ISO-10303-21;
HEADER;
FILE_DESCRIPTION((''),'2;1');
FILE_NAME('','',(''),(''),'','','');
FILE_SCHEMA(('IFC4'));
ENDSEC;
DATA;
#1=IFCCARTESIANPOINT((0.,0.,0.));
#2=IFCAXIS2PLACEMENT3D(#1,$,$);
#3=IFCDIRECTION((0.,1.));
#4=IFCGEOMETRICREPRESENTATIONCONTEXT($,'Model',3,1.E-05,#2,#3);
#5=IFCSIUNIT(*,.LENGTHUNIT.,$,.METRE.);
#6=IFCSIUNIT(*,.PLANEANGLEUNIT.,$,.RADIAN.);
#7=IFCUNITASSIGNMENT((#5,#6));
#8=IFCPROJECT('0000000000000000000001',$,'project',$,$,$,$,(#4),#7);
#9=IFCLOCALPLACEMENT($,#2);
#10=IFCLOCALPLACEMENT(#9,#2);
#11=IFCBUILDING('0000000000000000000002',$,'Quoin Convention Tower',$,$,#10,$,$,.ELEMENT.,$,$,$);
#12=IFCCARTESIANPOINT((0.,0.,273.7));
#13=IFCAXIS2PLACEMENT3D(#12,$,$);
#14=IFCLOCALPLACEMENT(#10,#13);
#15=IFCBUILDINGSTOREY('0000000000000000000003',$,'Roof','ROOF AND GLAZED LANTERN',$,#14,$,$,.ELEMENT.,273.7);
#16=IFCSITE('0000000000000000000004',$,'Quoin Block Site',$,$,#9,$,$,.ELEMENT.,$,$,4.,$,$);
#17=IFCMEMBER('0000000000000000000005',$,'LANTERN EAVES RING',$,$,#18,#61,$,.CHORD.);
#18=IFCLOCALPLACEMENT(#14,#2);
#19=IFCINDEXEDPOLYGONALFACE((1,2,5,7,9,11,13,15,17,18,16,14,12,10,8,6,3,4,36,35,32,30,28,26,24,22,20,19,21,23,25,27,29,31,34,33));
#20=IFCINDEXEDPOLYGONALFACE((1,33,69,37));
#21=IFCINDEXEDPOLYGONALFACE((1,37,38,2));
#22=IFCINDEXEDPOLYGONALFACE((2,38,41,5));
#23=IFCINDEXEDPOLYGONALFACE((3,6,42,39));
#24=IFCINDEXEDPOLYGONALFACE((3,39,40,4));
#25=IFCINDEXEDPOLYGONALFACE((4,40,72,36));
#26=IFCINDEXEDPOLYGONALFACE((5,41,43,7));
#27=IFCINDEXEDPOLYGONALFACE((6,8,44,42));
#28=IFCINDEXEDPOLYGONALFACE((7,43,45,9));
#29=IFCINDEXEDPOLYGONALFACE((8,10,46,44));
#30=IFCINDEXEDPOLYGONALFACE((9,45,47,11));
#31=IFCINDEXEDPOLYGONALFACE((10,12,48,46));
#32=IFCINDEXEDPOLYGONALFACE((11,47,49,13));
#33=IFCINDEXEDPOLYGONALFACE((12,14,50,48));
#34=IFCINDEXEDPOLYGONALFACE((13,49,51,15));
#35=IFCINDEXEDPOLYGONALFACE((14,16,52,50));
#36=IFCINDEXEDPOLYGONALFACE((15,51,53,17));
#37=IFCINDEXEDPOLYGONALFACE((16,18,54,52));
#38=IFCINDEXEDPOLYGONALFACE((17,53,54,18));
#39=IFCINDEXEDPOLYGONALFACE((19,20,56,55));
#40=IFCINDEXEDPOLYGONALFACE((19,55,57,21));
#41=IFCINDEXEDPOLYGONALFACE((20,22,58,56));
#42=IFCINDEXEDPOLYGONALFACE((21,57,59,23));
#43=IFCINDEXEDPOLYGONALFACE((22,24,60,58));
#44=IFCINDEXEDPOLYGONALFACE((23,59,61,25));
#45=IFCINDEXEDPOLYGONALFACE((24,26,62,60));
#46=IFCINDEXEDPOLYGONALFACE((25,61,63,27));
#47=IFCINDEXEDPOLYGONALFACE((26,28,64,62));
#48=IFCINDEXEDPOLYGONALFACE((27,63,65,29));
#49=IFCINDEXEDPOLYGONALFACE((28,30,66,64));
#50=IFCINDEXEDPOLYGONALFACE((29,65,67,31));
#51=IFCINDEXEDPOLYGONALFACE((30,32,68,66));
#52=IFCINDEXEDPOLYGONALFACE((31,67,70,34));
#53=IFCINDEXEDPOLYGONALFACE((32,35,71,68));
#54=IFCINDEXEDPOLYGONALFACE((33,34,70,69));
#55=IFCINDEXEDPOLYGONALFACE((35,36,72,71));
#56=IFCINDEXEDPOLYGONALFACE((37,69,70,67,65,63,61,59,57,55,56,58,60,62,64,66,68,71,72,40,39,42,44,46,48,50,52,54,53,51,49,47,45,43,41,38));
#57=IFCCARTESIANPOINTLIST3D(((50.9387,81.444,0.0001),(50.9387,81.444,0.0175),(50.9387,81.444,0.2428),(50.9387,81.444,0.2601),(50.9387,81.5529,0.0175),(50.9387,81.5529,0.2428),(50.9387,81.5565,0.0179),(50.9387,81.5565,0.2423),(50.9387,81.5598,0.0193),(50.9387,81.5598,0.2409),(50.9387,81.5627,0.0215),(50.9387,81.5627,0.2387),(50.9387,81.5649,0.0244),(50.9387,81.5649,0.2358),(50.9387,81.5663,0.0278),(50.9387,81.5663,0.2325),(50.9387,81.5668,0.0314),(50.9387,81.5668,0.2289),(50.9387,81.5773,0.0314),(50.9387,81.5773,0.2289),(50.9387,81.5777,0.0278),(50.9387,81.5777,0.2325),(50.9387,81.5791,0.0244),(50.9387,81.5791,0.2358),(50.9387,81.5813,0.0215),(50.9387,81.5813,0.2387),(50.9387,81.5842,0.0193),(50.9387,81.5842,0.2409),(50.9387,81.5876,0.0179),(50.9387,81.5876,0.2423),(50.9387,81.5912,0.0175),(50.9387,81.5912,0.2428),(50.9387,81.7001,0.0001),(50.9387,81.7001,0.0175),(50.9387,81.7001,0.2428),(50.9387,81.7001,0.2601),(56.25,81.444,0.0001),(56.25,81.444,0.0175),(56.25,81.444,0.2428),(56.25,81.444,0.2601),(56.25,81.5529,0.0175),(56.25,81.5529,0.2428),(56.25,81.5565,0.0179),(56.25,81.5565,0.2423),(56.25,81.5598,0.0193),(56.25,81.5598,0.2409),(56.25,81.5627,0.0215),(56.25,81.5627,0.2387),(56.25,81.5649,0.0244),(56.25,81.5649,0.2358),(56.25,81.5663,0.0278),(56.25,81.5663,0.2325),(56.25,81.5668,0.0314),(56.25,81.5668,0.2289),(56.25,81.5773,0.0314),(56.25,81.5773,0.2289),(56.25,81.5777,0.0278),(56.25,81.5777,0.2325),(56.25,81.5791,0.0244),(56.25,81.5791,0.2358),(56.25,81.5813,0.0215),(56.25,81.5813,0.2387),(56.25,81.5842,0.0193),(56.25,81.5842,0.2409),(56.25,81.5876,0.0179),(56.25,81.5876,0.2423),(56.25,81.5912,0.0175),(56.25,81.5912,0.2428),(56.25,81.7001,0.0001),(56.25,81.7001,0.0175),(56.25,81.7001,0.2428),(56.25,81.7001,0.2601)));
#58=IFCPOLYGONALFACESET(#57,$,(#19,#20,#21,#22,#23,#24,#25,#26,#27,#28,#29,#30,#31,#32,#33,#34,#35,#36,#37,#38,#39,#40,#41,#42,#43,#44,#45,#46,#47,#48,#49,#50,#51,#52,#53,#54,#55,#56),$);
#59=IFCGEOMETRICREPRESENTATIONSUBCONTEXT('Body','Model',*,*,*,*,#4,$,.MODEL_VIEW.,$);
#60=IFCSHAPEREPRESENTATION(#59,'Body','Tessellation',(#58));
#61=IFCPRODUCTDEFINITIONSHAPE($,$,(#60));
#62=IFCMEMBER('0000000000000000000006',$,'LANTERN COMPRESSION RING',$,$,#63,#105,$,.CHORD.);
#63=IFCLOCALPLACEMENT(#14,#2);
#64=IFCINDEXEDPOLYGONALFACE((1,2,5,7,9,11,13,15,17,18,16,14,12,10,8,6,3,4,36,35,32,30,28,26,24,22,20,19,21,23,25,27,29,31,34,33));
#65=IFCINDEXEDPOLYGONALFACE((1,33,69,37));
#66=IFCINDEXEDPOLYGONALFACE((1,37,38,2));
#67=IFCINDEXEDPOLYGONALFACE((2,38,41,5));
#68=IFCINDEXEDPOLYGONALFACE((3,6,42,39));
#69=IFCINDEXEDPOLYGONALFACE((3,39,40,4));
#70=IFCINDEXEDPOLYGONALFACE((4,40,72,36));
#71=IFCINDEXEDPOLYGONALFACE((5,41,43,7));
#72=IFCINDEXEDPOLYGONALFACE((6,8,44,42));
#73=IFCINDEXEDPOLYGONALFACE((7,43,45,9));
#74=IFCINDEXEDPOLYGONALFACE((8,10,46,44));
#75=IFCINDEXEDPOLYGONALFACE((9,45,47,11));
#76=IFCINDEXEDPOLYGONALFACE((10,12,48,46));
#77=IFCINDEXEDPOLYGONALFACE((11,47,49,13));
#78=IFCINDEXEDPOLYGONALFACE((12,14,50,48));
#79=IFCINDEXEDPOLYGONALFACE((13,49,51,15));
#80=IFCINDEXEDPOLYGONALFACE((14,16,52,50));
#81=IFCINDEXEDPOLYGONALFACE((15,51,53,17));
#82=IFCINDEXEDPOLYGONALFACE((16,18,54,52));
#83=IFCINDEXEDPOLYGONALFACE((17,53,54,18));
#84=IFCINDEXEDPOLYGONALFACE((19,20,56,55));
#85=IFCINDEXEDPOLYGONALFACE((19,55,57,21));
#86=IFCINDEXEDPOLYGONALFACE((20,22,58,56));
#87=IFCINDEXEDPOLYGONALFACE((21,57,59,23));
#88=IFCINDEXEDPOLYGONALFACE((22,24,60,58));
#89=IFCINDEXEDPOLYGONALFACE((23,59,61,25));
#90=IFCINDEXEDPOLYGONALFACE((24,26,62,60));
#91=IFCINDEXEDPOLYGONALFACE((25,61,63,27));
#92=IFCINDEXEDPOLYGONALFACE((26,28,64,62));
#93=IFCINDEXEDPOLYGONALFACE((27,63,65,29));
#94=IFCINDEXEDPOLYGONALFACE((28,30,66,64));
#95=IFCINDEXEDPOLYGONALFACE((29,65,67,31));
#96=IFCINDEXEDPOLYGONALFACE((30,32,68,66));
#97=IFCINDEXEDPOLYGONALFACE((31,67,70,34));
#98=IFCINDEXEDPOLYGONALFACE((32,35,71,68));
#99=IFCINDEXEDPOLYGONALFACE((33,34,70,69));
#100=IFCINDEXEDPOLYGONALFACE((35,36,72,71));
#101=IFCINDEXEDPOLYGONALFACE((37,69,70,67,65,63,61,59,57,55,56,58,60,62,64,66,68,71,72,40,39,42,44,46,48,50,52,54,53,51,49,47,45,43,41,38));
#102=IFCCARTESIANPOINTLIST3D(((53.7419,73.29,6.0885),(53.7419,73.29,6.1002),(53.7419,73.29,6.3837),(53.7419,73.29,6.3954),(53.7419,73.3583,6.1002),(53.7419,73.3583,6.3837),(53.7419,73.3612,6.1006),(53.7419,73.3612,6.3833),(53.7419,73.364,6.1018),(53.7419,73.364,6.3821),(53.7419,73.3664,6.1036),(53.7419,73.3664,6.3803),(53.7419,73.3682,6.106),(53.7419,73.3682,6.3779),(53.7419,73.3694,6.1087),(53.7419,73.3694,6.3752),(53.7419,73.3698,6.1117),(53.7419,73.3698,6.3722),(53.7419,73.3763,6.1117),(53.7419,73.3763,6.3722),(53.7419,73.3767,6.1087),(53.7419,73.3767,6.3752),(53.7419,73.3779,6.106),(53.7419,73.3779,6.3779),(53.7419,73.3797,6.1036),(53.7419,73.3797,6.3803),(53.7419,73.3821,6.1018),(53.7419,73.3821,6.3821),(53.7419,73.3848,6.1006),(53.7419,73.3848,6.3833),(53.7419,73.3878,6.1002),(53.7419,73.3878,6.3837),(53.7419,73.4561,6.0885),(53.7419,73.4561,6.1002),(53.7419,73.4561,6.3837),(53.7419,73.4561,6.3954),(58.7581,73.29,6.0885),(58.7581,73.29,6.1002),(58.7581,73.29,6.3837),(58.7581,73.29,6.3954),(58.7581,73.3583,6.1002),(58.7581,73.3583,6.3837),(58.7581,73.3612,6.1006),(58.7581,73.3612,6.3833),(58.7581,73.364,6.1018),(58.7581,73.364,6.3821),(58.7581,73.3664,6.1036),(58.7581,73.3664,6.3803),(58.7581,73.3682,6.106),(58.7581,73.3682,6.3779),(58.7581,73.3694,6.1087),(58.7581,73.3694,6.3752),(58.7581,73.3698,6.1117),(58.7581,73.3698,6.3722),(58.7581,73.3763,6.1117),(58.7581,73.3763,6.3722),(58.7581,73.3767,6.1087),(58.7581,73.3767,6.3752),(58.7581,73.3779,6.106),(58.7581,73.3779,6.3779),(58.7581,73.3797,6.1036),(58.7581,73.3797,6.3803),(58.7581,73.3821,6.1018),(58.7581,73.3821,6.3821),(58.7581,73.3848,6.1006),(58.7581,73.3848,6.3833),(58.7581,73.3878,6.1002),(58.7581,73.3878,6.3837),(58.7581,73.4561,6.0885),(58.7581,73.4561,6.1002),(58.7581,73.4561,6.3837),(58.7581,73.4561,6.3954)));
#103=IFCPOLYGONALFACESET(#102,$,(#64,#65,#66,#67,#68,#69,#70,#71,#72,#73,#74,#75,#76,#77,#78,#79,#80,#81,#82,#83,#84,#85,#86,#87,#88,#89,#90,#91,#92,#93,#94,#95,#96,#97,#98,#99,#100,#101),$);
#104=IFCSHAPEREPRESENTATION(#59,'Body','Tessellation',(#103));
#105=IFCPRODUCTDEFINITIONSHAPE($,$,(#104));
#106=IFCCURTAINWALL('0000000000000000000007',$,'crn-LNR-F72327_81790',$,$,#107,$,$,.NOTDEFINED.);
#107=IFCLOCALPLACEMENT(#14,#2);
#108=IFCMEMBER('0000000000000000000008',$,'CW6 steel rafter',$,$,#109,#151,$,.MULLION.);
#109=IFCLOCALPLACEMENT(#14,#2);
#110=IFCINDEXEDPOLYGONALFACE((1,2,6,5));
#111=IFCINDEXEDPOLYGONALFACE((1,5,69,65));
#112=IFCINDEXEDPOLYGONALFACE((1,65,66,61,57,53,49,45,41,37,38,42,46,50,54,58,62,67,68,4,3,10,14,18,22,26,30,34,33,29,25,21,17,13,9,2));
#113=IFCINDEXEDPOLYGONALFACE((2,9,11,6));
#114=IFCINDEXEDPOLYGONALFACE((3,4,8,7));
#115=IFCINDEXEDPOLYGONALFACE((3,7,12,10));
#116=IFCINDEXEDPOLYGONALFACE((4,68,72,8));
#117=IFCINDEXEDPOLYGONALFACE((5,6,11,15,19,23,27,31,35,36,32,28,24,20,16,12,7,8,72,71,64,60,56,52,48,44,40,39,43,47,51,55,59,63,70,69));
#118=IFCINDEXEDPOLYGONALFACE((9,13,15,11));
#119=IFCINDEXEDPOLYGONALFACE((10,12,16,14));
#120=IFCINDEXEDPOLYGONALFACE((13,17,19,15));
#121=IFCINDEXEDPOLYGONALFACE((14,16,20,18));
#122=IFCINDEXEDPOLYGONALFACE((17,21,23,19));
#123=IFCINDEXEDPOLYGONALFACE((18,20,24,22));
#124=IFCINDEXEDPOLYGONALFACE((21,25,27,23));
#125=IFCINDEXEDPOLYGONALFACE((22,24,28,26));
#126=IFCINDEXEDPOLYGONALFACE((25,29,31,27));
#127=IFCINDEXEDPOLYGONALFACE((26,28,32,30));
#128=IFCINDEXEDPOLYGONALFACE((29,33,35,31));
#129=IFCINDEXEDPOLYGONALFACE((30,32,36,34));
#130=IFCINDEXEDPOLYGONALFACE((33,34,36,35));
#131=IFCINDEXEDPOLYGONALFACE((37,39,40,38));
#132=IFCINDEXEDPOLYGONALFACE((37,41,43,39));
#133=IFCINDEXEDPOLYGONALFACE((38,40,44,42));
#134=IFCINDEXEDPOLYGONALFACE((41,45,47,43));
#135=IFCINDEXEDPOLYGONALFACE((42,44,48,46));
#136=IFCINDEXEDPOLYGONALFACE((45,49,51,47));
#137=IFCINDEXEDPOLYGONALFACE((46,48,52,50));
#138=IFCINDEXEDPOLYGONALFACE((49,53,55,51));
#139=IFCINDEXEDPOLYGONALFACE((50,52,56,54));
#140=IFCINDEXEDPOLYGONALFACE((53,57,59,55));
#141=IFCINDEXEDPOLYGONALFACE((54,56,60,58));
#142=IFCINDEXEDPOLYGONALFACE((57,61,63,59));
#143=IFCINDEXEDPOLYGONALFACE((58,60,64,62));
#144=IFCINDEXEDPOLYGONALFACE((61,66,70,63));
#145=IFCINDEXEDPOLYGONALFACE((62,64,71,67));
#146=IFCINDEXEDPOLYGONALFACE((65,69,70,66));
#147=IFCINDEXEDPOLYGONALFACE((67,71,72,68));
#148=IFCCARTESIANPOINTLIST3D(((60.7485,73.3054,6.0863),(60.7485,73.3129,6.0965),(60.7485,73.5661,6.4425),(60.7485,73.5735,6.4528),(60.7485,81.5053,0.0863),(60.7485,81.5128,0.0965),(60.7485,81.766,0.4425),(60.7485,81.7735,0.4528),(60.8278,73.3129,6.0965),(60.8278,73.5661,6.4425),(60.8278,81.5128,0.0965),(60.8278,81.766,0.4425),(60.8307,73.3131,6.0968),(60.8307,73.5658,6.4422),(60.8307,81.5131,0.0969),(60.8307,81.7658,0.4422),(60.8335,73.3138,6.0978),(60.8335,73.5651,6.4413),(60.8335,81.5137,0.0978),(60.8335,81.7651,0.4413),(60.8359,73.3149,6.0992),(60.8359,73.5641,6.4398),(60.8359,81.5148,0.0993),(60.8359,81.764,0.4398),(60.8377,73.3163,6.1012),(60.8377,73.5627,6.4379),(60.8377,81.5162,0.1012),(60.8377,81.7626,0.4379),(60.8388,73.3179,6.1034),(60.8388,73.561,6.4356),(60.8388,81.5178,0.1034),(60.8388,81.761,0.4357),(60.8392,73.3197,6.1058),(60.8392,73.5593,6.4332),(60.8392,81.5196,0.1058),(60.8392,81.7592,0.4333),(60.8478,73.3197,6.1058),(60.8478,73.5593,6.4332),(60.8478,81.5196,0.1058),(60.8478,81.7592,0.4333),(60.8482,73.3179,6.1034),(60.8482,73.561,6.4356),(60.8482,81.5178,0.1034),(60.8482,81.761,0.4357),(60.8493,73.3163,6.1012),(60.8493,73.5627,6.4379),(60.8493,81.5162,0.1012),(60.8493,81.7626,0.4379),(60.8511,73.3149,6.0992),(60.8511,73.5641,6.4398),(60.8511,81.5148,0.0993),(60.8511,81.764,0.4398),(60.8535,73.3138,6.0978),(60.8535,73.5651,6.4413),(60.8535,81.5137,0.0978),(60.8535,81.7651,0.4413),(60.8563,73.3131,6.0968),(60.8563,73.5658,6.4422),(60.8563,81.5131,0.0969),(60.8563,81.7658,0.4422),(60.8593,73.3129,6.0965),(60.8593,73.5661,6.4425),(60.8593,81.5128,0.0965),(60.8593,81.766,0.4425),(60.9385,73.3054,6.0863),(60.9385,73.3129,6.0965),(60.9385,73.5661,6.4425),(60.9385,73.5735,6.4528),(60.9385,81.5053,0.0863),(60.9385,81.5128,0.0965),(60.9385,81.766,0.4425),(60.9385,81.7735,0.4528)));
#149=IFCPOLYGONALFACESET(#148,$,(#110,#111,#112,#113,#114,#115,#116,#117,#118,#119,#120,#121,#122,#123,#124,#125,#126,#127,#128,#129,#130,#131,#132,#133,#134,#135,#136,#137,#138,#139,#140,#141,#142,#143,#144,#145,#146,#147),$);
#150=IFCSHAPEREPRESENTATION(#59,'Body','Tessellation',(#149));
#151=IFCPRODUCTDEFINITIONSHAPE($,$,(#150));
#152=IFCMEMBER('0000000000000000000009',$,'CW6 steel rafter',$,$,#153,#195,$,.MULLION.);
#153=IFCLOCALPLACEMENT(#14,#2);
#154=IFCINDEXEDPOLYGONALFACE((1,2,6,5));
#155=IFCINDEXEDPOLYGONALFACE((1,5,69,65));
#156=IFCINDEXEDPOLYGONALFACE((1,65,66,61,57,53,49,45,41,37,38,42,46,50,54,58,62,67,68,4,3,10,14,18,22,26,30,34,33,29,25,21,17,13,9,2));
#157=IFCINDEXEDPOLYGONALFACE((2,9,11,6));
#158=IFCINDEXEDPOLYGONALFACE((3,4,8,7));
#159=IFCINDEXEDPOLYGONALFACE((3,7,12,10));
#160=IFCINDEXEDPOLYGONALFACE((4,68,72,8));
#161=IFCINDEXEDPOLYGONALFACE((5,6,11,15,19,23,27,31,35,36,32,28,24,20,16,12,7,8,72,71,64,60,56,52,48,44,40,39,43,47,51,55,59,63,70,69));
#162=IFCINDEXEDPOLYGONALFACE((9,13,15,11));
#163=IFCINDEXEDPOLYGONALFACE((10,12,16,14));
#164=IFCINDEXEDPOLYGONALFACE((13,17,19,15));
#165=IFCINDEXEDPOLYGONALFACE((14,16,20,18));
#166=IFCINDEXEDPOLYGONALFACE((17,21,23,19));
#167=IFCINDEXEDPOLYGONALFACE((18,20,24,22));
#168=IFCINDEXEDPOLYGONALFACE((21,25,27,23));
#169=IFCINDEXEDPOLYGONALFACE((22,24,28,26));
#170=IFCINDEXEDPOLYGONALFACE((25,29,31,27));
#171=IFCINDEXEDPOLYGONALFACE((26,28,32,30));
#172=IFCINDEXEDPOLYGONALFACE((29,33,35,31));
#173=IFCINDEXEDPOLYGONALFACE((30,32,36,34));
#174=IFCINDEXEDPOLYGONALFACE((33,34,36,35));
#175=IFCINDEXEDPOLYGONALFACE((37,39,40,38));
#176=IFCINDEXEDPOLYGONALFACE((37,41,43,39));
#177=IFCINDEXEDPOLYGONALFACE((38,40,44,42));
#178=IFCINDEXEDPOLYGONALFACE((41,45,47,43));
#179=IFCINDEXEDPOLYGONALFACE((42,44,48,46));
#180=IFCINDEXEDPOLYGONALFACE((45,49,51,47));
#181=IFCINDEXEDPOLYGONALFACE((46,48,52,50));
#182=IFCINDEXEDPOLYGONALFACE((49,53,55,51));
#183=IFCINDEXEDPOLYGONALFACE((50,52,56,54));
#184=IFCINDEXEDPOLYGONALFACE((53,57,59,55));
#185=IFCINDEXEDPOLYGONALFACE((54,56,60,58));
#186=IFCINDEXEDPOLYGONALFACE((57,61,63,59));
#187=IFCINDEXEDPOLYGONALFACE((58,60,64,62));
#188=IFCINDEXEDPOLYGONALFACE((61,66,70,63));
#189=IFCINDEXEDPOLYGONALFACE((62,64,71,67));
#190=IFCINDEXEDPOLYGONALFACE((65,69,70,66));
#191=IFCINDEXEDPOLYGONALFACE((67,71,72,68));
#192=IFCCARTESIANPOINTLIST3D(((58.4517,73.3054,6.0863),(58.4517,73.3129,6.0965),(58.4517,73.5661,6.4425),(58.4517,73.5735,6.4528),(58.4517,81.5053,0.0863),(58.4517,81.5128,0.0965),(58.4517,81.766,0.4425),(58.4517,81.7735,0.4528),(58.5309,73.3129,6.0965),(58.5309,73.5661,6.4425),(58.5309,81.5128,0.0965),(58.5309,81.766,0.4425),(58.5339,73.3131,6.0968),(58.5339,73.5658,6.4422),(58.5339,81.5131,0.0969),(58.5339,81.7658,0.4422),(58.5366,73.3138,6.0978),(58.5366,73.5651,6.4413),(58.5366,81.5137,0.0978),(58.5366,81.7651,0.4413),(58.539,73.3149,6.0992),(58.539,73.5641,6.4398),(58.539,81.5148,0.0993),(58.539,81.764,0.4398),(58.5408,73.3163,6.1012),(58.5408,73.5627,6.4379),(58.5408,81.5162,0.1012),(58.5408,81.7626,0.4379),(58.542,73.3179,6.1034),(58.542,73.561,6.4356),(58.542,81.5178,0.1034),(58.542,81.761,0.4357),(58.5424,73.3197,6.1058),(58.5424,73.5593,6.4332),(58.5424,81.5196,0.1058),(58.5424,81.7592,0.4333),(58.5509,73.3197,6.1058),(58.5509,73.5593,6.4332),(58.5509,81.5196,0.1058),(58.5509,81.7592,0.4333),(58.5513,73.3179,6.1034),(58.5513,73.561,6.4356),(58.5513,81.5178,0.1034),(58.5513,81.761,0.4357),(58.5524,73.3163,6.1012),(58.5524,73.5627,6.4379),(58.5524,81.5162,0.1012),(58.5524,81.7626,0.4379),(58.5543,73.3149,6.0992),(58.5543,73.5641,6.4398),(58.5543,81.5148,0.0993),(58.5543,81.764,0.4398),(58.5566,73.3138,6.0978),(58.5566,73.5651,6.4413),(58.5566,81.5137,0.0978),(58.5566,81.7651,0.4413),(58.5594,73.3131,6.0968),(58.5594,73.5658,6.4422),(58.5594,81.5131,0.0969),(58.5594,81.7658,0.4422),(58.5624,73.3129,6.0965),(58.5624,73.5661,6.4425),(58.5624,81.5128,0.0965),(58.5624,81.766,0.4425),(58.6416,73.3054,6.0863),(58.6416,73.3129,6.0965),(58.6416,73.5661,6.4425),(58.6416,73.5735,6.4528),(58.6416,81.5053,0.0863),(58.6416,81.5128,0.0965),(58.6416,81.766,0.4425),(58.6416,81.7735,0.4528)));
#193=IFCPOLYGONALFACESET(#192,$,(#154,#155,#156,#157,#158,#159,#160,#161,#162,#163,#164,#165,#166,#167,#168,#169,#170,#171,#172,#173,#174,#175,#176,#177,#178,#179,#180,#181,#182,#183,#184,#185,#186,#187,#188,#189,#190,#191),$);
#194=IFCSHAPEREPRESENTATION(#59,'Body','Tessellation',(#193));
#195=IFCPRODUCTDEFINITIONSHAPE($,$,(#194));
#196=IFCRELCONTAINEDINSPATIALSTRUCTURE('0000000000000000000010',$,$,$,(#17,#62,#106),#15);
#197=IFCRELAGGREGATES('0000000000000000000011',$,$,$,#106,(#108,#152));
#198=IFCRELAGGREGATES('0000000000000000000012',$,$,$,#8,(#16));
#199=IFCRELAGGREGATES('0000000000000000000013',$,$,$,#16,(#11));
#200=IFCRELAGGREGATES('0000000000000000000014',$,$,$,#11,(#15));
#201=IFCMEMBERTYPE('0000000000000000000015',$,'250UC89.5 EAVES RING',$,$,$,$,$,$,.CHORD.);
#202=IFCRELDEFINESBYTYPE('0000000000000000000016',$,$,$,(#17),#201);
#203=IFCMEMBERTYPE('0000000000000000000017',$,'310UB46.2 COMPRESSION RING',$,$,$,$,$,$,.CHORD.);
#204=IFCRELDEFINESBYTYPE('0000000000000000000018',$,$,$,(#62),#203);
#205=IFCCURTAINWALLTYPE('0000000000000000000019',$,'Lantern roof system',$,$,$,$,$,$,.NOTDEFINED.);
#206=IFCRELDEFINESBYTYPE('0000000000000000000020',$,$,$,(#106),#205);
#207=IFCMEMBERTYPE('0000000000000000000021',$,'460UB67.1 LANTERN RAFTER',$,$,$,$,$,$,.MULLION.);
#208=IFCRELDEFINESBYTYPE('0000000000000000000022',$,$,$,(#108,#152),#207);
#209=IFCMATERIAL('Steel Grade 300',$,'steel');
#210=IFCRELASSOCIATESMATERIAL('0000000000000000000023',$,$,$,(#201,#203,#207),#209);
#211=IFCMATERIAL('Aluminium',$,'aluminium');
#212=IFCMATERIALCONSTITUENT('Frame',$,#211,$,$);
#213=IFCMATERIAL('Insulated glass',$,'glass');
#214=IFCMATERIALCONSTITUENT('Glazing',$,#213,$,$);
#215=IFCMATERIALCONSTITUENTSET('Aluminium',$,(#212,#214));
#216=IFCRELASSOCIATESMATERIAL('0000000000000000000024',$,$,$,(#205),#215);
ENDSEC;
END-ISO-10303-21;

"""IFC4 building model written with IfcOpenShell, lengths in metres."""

from ifc_helpers import new_model, si_unit, direction, frame, origin, origin_2d, place, context, subcontext, project, spatial, i_section, extrude, material, constituent, constituent_set, material_profile, profile_set, type_object, element, aggregate, save


model = new_model("IFC4")

# Units and contexts
model_context = context("Model", 3, precision=1e-05, world=origin(), true_north=direction((0.0, 1.0)))
body_context = subcontext(model_context, "Body", "Model", "MODEL_VIEW")
ifc_project = project(units=[si_unit("LENGTHUNIT", "METRE"), si_unit("PLANEANGLEUNIT", "RADIAN")], contexts=[model_context])

# Site, building, storey
site_placement = place(None, origin())
site = spatial("IfcSite", under=ifc_project, at=site_placement, Name="Quoin Block Site", CompositionType="ELEMENT", RefElevation=4.0)
building_placement = place(site_placement, origin())
building = spatial("IfcBuilding", under=site, at=building_placement, Name="Quoin Convention Tower", CompositionType="ELEMENT")
storey_placement = place(building_placement, frame((0.0, 0.0, 273.7)))
storey = spatial("IfcBuildingStorey", under=building, at=storey_placement, Name="Roof", Description="ROOF AND GLAZED LANTERN", CompositionType="ELEMENT", Elevation=273.7)

# Members
ifc_material_1 = material(Name="Steel Grade 300", Category="steel")
ifc_material_profile_1 = material_profile(ifc_material_1, i_section(OverallWidth=0.2561, OverallDepth=0.26, WebThickness=0.0105, FlangeThickness=0.0173, FilletRadius=0.0139, at=origin_2d()), Name="250UC89.5")
ifc_profile_set_1 = profile_set([ifc_material_profile_1], Name="Steel Grade 300")
member_type_1 = type_object("IfcMemberType", Name="250UC89.5 EAVES RING", PredefinedType="CHORD", material=ifc_profile_set_1)
member_1_placement = place(storey_placement, frame((56.25, 81.572, 0.1301), z_axis=(-1.0, 0.0, 0.0), x_axis=(0.0, -1.0, 0.0)))
element("IfcMember", 1, at=member_1_placement, inside=storey, type_object=member_type_1, Name="LANTERN EAVES RING", PredefinedType="CHORD", context=body_context, shape_type="SweptSolid", body=[
    extrude(i_section(OverallWidth=0.2561, OverallDepth=0.26, WebThickness=0.0105, FlangeThickness=0.0173, FilletRadius=0.0139, at=origin_2d()), origin(), (0.0, 0.0, 1.0), 5.3113),
])
ifc_material_profile_2 = material_profile(ifc_material_1, i_section(OverallWidth=0.166, OverallDepth=0.3069, WebThickness=0.0066, FlangeThickness=0.0117, FilletRadius=0.0115, at=origin_2d()), Name="310UB46.2")
ifc_profile_set_2 = profile_set([ifc_material_profile_2], Name="Steel Grade 300")
member_type_2 = type_object("IfcMemberType", Name="310UB46.2 COMPRESSION RING", PredefinedType="CHORD", material=ifc_profile_set_2)
member_2_placement = place(storey_placement, frame((58.7581, 73.373, 6.2419), z_axis=(-1.0, 0.0, 0.0), x_axis=(0.0, -1.0, 0.0)))
element("IfcMember", 2, at=member_2_placement, inside=storey, type_object=member_type_2, Name="LANTERN COMPRESSION RING", PredefinedType="CHORD", context=body_context, shape_type="SweptSolid", body=[
    extrude(i_section(OverallWidth=0.166, OverallDepth=0.3069, WebThickness=0.0066, FlangeThickness=0.0117, FilletRadius=0.0115, at=origin_2d()), origin(), (0.0, 0.0, 1.0), 5.0161),
])

# Curtain wall, members
ifc_material_2 = material(Name="Aluminium", Category="aluminium")
ifc_constituent_1 = constituent(ifc_material_2, Name="Frame")
ifc_material_3 = material(Name="Insulated glass", Category="glass")
ifc_constituent_2 = constituent(ifc_material_3, Name="Glazing")
ifc_constituent_set = constituent_set(constituents=[ifc_constituent_1, ifc_constituent_2], Name="Aluminium")
curtain_wall_type = type_object("IfcCurtainWallType", Name="Lantern roof system", PredefinedType="NOTDEFINED", material=ifc_constituent_set)
curtain_wall_placement = place(storey_placement, origin())
curtain_wall = element("IfcCurtainWall", 3, at=curtain_wall_placement, inside=storey, type_object=curtain_wall_type, Name="crn-LNR-F72327_81790", PredefinedType="NOTDEFINED")
ifc_material_profile_3 = material_profile(ifc_material_1, i_section(OverallWidth=0.1899, OverallDepth=0.4541, WebThickness=0.0085, FlangeThickness=0.0127, FilletRadius=0.0115, at=origin_2d()), Name="460UB67.1")
ifc_profile_set_3 = profile_set([ifc_material_profile_3], Name="Steel Grade 300")
member_type_3 = type_object("IfcMemberType", Name="460UB67.1 LANTERN RAFTER", PredefinedType="MULLION", material=ifc_profile_set_3)
member_3_placement = place(storey_placement, frame((60.8435, 81.6394, 0.2695), z_axis=(0.0, -0.807029, 0.590512), x_axis=(1.0, 0.0, 0.0)))
member_3 = element("IfcMember", 4, at=member_3_placement, type_object=member_type_3, Name="CW6 steel rafter", PredefinedType="MULLION", context=body_context, shape_type="SweptSolid", body=[
    extrude(i_section(OverallWidth=0.1899, OverallDepth=0.4541, WebThickness=0.0085, FlangeThickness=0.0127, FilletRadius=0.0115, at=origin_2d()), origin(), (0.0, 0.0, 1.0), 10.1606),
])
member_4_placement = place(storey_placement, frame((58.5466, 81.6394, 0.2695), z_axis=(0.0, -0.807029, 0.590512), x_axis=(1.0, 0.0, 0.0)))
member_4 = element("IfcMember", 5, at=member_4_placement, type_object=member_type_3, Name="CW6 steel rafter", PredefinedType="MULLION", context=body_context, shape_type="SweptSolid", body=[
    extrude(i_section(OverallWidth=0.1899, OverallDepth=0.4541, WebThickness=0.0085, FlangeThickness=0.0127, FilletRadius=0.0115, at=origin_2d()), origin(), (0.0, 0.0, 1.0), 10.1606),
])
aggregate(curtain_wall, [member_3, member_4])

save(model, "model.ifc")
